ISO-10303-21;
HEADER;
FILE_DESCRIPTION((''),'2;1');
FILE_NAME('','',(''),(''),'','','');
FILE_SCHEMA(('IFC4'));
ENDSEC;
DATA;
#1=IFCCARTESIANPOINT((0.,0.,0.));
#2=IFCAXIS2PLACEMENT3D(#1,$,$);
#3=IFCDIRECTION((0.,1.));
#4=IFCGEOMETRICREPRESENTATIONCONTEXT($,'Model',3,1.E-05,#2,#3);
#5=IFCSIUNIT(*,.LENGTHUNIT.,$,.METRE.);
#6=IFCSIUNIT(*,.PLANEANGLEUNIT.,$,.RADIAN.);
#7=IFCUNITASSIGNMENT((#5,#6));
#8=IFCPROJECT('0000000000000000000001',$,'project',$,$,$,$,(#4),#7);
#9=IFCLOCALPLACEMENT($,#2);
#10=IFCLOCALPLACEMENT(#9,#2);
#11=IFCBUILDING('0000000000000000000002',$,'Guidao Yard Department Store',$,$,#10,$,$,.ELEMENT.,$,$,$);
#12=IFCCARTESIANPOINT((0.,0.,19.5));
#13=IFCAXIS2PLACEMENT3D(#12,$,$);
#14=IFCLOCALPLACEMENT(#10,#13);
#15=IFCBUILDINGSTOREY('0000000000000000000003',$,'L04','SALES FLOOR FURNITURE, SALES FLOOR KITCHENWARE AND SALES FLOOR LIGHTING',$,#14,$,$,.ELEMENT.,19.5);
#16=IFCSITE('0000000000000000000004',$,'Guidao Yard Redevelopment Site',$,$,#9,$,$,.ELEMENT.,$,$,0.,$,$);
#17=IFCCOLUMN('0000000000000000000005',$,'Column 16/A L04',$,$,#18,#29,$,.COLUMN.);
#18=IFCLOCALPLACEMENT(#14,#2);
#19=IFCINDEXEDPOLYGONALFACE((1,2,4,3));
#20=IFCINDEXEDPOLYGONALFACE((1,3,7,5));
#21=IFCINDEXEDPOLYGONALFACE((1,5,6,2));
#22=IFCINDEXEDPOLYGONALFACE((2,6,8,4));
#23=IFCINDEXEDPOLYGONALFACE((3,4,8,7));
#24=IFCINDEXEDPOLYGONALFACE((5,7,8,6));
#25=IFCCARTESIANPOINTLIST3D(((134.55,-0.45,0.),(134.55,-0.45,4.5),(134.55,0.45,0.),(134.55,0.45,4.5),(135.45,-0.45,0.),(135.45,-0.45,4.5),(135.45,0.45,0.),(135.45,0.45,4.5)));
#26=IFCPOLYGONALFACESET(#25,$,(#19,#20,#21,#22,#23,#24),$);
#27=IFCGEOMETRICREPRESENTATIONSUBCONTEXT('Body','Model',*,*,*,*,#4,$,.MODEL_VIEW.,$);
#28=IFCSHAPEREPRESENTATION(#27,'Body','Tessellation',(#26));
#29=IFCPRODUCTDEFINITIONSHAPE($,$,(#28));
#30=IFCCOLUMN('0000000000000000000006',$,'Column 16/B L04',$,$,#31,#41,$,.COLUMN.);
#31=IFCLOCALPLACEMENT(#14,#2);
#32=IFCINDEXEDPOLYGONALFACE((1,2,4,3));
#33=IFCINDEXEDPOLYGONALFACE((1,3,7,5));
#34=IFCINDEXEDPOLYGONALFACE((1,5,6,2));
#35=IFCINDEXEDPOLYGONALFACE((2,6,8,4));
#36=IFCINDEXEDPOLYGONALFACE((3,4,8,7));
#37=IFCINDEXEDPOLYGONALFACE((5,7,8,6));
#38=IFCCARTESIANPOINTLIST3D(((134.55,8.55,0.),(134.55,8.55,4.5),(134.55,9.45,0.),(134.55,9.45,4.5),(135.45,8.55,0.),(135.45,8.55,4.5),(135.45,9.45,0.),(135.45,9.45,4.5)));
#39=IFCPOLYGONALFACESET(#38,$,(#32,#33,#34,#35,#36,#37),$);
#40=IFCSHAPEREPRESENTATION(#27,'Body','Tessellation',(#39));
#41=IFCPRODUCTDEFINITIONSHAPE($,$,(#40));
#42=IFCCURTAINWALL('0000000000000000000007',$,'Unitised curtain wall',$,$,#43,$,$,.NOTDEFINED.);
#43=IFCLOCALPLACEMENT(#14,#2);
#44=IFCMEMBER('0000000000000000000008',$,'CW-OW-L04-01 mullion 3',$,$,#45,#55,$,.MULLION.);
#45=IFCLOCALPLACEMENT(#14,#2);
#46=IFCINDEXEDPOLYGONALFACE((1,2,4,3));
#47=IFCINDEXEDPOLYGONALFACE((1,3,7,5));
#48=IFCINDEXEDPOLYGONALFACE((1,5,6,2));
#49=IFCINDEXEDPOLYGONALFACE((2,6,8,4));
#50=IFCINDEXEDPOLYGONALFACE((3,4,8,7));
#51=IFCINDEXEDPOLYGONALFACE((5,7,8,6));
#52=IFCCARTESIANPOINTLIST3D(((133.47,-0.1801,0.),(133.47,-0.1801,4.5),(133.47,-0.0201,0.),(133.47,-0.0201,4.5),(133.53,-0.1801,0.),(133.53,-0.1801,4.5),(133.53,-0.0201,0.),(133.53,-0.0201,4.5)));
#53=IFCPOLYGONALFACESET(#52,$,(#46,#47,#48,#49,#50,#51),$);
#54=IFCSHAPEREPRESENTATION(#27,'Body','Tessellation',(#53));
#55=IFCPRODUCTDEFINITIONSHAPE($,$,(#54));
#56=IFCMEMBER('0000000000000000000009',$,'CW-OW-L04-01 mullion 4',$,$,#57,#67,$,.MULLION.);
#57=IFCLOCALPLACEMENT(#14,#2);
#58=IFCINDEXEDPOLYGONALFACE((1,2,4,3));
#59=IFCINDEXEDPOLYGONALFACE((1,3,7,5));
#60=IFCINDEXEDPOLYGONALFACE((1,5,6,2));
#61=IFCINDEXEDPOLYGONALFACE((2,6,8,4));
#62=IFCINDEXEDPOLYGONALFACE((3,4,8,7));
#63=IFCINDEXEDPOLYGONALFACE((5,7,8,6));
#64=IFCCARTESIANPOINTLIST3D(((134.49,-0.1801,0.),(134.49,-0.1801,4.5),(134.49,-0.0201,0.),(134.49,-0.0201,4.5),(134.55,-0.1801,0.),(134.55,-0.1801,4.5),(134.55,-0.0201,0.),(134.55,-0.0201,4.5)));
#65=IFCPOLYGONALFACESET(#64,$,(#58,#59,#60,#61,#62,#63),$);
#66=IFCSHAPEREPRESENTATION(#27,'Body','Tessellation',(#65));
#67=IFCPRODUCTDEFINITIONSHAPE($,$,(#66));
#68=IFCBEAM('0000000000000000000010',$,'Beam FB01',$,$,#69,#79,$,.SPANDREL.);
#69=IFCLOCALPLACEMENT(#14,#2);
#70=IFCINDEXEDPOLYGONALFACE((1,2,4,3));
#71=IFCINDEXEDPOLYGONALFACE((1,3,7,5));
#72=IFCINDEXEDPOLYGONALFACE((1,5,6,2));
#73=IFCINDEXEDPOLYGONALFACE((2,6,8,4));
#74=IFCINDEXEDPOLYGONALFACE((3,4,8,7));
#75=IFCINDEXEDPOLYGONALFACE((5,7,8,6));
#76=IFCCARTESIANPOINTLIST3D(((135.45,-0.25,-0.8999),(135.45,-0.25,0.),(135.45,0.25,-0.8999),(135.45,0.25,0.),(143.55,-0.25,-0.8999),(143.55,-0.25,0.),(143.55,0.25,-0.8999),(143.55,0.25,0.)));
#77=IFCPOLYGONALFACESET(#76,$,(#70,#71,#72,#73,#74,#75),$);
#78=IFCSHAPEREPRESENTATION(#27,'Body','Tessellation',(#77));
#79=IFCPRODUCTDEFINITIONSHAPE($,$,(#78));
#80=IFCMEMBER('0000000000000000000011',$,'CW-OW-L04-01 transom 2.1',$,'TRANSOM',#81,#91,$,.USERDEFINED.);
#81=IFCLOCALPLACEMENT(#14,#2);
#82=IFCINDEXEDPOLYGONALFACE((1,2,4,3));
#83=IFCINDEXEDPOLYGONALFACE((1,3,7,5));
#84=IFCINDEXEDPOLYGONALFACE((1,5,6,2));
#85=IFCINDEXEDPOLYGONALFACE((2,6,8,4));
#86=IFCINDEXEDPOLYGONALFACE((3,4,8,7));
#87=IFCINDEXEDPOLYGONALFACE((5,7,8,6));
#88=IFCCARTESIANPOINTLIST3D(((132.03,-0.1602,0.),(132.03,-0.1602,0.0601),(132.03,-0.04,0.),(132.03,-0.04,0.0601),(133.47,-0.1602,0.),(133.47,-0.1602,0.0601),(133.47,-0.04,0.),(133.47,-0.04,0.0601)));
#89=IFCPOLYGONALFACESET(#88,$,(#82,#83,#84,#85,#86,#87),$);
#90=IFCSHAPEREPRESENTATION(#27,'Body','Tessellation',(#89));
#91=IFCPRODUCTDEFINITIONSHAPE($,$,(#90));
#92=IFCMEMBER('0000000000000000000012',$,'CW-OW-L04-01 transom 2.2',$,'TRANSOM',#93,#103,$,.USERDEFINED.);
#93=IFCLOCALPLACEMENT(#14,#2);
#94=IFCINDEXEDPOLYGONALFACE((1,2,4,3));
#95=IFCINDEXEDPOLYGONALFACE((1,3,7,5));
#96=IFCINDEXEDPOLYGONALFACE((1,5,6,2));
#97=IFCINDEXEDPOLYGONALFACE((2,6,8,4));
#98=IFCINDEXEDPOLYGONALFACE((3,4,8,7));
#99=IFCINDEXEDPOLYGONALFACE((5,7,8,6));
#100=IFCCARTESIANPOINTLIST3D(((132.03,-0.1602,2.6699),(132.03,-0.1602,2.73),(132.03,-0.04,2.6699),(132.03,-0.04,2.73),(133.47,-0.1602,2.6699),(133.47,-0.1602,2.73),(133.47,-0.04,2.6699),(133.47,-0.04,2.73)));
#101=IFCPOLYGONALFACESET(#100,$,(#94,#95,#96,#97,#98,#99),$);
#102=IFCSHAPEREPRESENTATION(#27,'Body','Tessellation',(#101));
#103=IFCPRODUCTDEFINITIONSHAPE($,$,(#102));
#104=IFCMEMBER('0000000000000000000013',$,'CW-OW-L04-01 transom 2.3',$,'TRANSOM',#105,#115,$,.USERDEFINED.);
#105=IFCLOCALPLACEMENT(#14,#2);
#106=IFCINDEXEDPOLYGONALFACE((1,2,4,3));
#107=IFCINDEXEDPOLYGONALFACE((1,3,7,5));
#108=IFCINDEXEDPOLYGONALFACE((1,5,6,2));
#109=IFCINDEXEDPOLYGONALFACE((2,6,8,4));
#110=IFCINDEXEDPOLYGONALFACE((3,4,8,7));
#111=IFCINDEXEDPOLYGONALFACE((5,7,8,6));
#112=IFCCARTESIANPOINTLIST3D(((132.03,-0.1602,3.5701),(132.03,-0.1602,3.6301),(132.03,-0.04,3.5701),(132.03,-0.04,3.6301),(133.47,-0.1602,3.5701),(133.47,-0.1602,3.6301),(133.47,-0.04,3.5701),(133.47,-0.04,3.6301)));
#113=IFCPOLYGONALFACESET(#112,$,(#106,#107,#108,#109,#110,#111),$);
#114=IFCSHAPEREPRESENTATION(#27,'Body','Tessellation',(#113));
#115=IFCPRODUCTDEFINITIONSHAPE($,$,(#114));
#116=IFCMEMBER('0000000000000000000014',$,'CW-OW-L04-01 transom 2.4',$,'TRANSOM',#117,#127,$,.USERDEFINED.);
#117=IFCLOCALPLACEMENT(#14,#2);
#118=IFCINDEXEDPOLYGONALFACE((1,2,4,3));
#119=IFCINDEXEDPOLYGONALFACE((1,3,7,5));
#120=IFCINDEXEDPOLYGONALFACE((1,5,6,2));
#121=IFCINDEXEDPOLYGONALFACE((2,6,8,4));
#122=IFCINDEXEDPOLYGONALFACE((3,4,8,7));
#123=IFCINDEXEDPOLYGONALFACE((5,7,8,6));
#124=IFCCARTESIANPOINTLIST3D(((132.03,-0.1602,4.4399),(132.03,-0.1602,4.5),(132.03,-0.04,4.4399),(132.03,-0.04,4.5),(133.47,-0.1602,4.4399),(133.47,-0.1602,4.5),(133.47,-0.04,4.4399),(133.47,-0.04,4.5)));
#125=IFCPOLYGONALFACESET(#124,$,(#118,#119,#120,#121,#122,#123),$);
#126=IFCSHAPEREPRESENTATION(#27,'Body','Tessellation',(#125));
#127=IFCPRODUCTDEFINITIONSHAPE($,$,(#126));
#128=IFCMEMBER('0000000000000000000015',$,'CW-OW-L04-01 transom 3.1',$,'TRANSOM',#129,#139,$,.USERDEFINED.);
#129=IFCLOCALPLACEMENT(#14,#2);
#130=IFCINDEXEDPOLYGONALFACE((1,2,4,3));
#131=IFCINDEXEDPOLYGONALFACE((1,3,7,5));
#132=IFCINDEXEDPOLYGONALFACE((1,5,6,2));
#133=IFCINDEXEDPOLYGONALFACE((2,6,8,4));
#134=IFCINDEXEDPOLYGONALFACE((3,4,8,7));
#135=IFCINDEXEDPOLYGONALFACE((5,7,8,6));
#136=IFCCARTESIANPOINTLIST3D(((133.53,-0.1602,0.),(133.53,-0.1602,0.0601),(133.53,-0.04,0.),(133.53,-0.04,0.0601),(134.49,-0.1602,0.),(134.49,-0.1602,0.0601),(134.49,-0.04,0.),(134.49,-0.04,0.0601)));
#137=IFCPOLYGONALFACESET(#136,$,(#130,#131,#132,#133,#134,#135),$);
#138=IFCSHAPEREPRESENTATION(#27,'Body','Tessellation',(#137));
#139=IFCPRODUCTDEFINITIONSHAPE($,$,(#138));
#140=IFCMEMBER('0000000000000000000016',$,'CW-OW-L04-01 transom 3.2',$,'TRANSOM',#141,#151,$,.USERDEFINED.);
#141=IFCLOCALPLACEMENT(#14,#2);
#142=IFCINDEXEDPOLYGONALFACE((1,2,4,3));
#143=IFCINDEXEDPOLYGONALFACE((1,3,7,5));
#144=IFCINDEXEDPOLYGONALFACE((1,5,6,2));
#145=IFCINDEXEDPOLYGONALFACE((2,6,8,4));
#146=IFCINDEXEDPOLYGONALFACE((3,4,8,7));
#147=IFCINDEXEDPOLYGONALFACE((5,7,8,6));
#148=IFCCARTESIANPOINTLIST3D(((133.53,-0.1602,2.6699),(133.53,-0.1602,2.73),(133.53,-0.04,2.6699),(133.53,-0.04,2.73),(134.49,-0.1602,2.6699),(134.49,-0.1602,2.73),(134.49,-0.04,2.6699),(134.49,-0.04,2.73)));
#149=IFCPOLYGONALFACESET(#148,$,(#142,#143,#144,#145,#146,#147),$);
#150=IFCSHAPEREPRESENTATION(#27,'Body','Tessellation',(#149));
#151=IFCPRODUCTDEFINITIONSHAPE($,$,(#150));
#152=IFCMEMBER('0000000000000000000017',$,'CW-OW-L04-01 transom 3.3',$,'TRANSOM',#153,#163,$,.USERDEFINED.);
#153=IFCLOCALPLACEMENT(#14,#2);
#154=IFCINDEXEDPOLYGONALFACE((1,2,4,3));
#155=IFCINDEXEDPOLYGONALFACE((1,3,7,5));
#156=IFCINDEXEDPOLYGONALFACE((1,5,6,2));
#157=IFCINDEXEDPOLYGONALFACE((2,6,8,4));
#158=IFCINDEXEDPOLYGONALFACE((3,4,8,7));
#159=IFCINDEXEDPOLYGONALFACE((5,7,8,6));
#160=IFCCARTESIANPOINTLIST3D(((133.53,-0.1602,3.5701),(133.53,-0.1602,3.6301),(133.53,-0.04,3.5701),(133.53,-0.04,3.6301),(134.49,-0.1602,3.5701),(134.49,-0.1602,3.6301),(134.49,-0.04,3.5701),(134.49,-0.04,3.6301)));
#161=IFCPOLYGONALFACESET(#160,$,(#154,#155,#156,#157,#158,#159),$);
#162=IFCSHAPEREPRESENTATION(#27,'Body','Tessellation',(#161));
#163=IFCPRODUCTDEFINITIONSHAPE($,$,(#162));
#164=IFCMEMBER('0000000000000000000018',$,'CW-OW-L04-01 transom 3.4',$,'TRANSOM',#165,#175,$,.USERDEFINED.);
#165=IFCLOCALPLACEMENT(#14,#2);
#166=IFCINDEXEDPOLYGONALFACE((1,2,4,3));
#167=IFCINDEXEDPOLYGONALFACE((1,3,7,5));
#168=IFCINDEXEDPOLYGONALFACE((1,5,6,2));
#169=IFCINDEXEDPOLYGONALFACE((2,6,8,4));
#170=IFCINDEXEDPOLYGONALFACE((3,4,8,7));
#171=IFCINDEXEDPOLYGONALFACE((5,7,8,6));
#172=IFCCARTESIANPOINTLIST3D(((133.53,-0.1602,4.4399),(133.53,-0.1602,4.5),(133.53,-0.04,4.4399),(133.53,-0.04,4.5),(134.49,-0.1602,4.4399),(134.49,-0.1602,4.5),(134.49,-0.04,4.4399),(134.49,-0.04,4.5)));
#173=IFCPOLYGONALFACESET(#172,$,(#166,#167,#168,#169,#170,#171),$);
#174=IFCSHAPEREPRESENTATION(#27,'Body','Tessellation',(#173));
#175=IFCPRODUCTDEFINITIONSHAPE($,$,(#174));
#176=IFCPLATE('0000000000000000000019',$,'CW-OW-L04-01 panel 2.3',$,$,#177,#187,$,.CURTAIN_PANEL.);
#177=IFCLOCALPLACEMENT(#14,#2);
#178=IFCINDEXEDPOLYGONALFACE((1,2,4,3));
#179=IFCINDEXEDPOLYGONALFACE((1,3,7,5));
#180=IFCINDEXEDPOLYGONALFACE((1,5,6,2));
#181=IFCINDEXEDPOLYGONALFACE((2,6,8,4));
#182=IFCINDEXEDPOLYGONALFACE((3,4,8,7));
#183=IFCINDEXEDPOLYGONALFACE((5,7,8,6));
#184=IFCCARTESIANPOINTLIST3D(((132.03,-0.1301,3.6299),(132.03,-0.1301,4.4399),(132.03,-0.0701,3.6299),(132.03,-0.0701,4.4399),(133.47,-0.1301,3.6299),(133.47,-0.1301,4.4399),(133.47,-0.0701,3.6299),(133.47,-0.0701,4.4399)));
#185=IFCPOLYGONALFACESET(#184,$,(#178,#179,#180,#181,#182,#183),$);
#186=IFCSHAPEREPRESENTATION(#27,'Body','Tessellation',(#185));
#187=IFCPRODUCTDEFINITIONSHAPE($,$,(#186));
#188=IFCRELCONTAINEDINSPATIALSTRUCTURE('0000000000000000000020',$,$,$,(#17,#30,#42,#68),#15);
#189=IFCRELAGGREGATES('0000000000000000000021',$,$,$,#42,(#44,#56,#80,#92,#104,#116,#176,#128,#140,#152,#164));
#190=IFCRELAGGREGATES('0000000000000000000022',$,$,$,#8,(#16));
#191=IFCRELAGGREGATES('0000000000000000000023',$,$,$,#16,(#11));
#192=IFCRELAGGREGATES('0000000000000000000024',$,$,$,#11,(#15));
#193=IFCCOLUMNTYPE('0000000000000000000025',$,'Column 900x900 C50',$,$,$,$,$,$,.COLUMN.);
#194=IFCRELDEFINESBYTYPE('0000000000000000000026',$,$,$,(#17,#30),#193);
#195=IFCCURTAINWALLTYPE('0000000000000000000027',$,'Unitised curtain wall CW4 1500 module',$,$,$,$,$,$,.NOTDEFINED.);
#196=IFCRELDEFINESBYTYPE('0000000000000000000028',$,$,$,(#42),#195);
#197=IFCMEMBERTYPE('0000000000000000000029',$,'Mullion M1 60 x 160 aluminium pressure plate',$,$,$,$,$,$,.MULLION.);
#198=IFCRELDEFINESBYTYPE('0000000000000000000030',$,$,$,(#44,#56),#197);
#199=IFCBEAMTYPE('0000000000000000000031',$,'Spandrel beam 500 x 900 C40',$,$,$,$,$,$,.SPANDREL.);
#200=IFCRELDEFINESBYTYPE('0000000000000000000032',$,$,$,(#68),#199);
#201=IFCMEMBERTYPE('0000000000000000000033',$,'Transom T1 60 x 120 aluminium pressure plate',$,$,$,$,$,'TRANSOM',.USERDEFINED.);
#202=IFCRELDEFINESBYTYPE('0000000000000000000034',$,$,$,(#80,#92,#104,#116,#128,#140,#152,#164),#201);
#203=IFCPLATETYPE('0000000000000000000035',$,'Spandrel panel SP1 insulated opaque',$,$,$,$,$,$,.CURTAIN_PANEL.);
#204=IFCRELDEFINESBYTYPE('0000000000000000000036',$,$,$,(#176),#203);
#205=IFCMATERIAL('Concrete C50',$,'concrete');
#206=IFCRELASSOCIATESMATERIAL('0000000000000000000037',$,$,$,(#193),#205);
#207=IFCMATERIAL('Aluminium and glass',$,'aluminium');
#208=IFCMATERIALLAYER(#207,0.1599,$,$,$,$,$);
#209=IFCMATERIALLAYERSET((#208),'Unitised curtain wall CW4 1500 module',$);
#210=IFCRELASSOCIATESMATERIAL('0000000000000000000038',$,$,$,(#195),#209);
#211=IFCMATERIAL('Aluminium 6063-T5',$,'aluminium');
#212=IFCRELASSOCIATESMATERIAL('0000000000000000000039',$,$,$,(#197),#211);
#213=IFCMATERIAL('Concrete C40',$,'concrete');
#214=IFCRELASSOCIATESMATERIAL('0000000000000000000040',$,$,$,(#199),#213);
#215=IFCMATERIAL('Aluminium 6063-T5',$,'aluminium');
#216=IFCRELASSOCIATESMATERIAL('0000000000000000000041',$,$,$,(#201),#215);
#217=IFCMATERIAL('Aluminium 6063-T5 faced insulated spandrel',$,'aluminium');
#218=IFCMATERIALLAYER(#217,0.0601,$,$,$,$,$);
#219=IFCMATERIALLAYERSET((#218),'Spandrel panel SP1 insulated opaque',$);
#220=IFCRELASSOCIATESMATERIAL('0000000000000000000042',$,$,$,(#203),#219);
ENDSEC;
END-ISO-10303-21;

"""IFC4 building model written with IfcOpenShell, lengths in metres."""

from ifc_helpers import new_model, si_unit, direction, frame, origin, origin_2d, place, context, subcontext, project, spatial, rectangle, extrude, material, layer, layer_set, material_profile, profile_set, type_object, element, aggregate, save


model = new_model("IFC4")

# Units and contexts
model_context = context("Model", 3, precision=1e-05, world=origin(), true_north=direction((0.0, 1.0)))
body_context = subcontext(model_context, "Body", "Model", "MODEL_VIEW")
ifc_project = project(units=[si_unit("LENGTHUNIT", "METRE"), si_unit("PLANEANGLEUNIT", "RADIAN")], contexts=[model_context])

# Site, building, storey
site_placement = place(None, origin())
site = spatial("IfcSite", under=ifc_project, at=site_placement, Name="Guidao Yard Redevelopment Site", CompositionType="ELEMENT", RefElevation=0.0)
building_placement = place(site_placement, origin())
building = spatial("IfcBuilding", under=site, at=building_placement, Name="Guidao Yard Department Store", CompositionType="ELEMENT")
storey_placement = place(building_placement, frame((0.0, 0.0, 19.5)))
storey = spatial("IfcBuildingStorey", under=building, at=storey_placement, Name="L04", Description="SALES FLOOR FURNITURE, SALES FLOOR KITCHENWARE AND SALES FLOOR LIGHTING", CompositionType="ELEMENT", Elevation=19.5)

# Columns
ifc_material_1 = material(Name="Concrete C50", Category="concrete")
ifc_material_profile_1 = material_profile(ifc_material_1, rectangle(XDim=0.8999, YDim=0.8999, at=origin_2d()), Name="COL 900x900")
ifc_profile_set_1 = profile_set([ifc_material_profile_1], Name="Concrete C50")
column_type = type_object("IfcColumnType", Name="Column 900x900 C50", PredefinedType="COLUMN", material=ifc_profile_set_1)
for number, where, z_axis, x_axis, name in (
    (1, (135.0, 0.0, 0.0), (0.0, 0.0, 1.0), (1.0, 0.0, 0.0), "Column 16/A L04"),
    (2, (135.0, 9.0, 0.0), (0.0, 0.0, 1.0), (1.0, 0.0, 0.0), "Column 16/B L04"),
):
    element("IfcColumn", number, at=place(storey_placement, frame(where, z_axis=z_axis, x_axis=x_axis)), inside=storey, type_object=column_type, Name=name, PredefinedType="COLUMN", context=body_context, shape_type="SweptSolid", body=[
        extrude(rectangle(XDim=0.8999, YDim=0.8999, at=origin_2d()), origin(), (0.0, 0.0, 1.0), 4.5),
    ])

# Curtain wall, members
ifc_material_2 = material(Name="Aluminium and glass", Category="aluminium")
ifc_layer_1 = layer(ifc_material_2, 0.1599)
ifc_layer_set_1 = layer_set([ifc_layer_1], Name="Unitised curtain wall CW4 1500 module")
curtain_wall_type = type_object("IfcCurtainWallType", Name="Unitised curtain wall CW4 1500 module", PredefinedType="NOTDEFINED", material=ifc_layer_set_1)
curtain_wall_placement = place(storey_placement, origin())
curtain_wall = element("IfcCurtainWall", 3, at=curtain_wall_placement, inside=storey, type_object=curtain_wall_type, Name="Unitised curtain wall", PredefinedType="NOTDEFINED")
ifc_material_3 = material(Name="Aluminium 6063-T5", Category="aluminium")
ifc_material_profile_2 = material_profile(ifc_material_3, rectangle(XDim=0.0601, YDim=0.1599, at=origin_2d()), Name="Mullion M1 60 x 160 aluminium pressure plate")
ifc_profile_set_2 = profile_set([ifc_material_profile_2], Name="Aluminium 6063-T5")
member_type_1 = type_object("IfcMemberType", Name="Mullion M1 60 x 160 aluminium pressure plate", PredefinedType="MULLION", material=ifc_profile_set_2)
member_1_placement = place(storey_placement, frame((133.5, -0.1001, 0.0), z_axis=(0.0, 0.0, 1.0), x_axis=(-1.0, 0.0, 0.0)))
member_1 = element("IfcMember", 4, at=member_1_placement, type_object=member_type_1, Name="CW-OW-L04-01 mullion 3", PredefinedType="MULLION", context=body_context, shape_type="SweptSolid", body=[
    extrude(rectangle(XDim=0.0601, YDim=0.1599, at=origin_2d()), origin(), (0.0, 0.0, 1.0), 4.5),
])
member_2_placement = place(storey_placement, frame((134.52, -0.1001, 0.0), z_axis=(0.0, 0.0, 1.0), x_axis=(-1.0, 0.0, 0.0)))
member_2 = element("IfcMember", 5, at=member_2_placement, type_object=member_type_1, Name="CW-OW-L04-01 mullion 4", PredefinedType="MULLION", context=body_context, shape_type="SweptSolid", body=[
    extrude(rectangle(XDim=0.0601, YDim=0.1599, at=origin_2d()), origin(), (0.0, 0.0, 1.0), 4.5),
])

# Beam
ifc_material_4 = material(Name="Concrete C40", Category="concrete")
ifc_material_profile_3 = material_profile(ifc_material_4, rectangle(XDim=0.5, YDim=0.8999, at=origin_2d()), Name="Spandrel beam 500 x 900 C40")
ifc_profile_set_3 = profile_set([ifc_material_profile_3], Name="Concrete C40")
beam_type = type_object("IfcBeamType", Name="Spandrel beam 500 x 900 C40", PredefinedType="SPANDREL", material=ifc_profile_set_3)
beam_placement = place(storey_placement, frame((135.45, 0.0, -0.45), z_axis=(1.0, 0.0, 0.0), x_axis=(0.0, 1.0, 0.0)))
element("IfcBeam", 6, at=beam_placement, inside=storey, type_object=beam_type, Name="Beam FB01", PredefinedType="SPANDREL", context=body_context, shape_type="SweptSolid", body=[
    extrude(rectangle(XDim=0.5, YDim=0.8999, at=origin_2d()), origin(), (0.0, 0.0, 1.0), 8.1001),
])

# Members
ifc_material_5 = material(Name="Aluminium 6063-T5", Category="aluminium")
ifc_material_profile_4 = material_profile(ifc_material_5, rectangle(XDim=0.1201, YDim=0.0601, at=origin_2d()), Name="Transom T1 60 x 120 aluminium pressure plate")
ifc_profile_set_4 = profile_set([ifc_material_profile_4], Name="Aluminium 6063-T5")
member_type_2 = type_object("IfcMemberType", Name="Transom T1 60 x 120 aluminium pressure plate", ElementType="TRANSOM", PredefinedType="USERDEFINED", material=ifc_profile_set_4)
member_3_placement = place(storey_placement, frame((133.47, -0.1001, 0.03), z_axis=(-1.0, 0.0, 0.0), x_axis=(0.0, -1.0, 0.0)))
member_3 = element("IfcMember", 7, at=member_3_placement, type_object=member_type_2, Name="CW-OW-L04-01 transom 2.1", ObjectType="TRANSOM", PredefinedType="USERDEFINED", context=body_context, shape_type="SweptSolid", body=[
    extrude(rectangle(XDim=0.1201, YDim=0.0601, at=origin_2d()), origin(), (0.0, 0.0, 1.0), 1.4399),
])
member_4_placement = place(storey_placement, frame((133.47, -0.1001, 2.7), z_axis=(-1.0, 0.0, 0.0), x_axis=(0.0, -1.0, 0.0)))
member_4 = element("IfcMember", 8, at=member_4_placement, type_object=member_type_2, Name="CW-OW-L04-01 transom 2.2", ObjectType="TRANSOM", PredefinedType="USERDEFINED", context=body_context, shape_type="SweptSolid", body=[
    extrude(rectangle(XDim=0.1201, YDim=0.0601, at=origin_2d()), origin(), (0.0, 0.0, 1.0), 1.4399),
])
member_5_placement = place(storey_placement, frame((133.47, -0.1001, 3.6001), z_axis=(-1.0, 0.0, 0.0), x_axis=(0.0, -1.0, 0.0)))
member_5 = element("IfcMember", 9, at=member_5_placement, type_object=member_type_2, Name="CW-OW-L04-01 transom 2.3", ObjectType="TRANSOM", PredefinedType="USERDEFINED", context=body_context, shape_type="SweptSolid", body=[
    extrude(rectangle(XDim=0.1201, YDim=0.0601, at=origin_2d()), origin(), (0.0, 0.0, 1.0), 1.4399),
])
member_6_placement = place(storey_placement, frame((133.47, -0.1001, 4.47), z_axis=(-1.0, 0.0, 0.0), x_axis=(0.0, -1.0, 0.0)))
member_6 = element("IfcMember", 10, at=member_6_placement, type_object=member_type_2, Name="CW-OW-L04-01 transom 2.4", ObjectType="TRANSOM", PredefinedType="USERDEFINED", context=body_context, shape_type="SweptSolid", body=[
    extrude(rectangle(XDim=0.1201, YDim=0.0601, at=origin_2d()), origin(), (0.0, 0.0, 1.0), 1.4399),
])
member_7_placement = place(storey_placement, frame((134.49, -0.1001, 0.03), z_axis=(-1.0, 0.0, 0.0), x_axis=(0.0, -1.0, 0.0)))
member_7 = element("IfcMember", 11, at=member_7_placement, type_object=member_type_2, Name="CW-OW-L04-01 transom 3.1", ObjectType="TRANSOM", PredefinedType="USERDEFINED", context=body_context, shape_type="SweptSolid", body=[
    extrude(rectangle(XDim=0.1201, YDim=0.0601, at=origin_2d()), origin(), (0.0, 0.0, 1.0), 0.96),
])
member_8_placement = place(storey_placement, frame((134.49, -0.1001, 2.7), z_axis=(-1.0, 0.0, 0.0), x_axis=(0.0, -1.0, 0.0)))
member_8 = element("IfcMember", 12, at=member_8_placement, type_object=member_type_2, Name="CW-OW-L04-01 transom 3.2", ObjectType="TRANSOM", PredefinedType="USERDEFINED", context=body_context, shape_type="SweptSolid", body=[
    extrude(rectangle(XDim=0.1201, YDim=0.0601, at=origin_2d()), origin(), (0.0, 0.0, 1.0), 0.96),
])
member_9_placement = place(storey_placement, frame((134.49, -0.1001, 3.6001), z_axis=(-1.0, 0.0, 0.0), x_axis=(0.0, -1.0, 0.0)))
member_9 = element("IfcMember", 13, at=member_9_placement, type_object=member_type_2, Name="CW-OW-L04-01 transom 3.3", ObjectType="TRANSOM", PredefinedType="USERDEFINED", context=body_context, shape_type="SweptSolid", body=[
    extrude(rectangle(XDim=0.1201, YDim=0.0601, at=origin_2d()), origin(), (0.0, 0.0, 1.0), 0.96),
])
member_10_placement = place(storey_placement, frame((134.49, -0.1001, 4.47), z_axis=(-1.0, 0.0, 0.0), x_axis=(0.0, -1.0, 0.0)))
member_10 = element("IfcMember", 14, at=member_10_placement, type_object=member_type_2, Name="CW-OW-L04-01 transom 3.4", ObjectType="TRANSOM", PredefinedType="USERDEFINED", context=body_context, shape_type="SweptSolid", body=[
    extrude(rectangle(XDim=0.1201, YDim=0.0601, at=origin_2d()), origin(), (0.0, 0.0, 1.0), 0.96),
])

# Plate
ifc_material_6 = material(Name="Aluminium 6063-T5 faced insulated spandrel", Category="aluminium")
ifc_layer_2 = layer(ifc_material_6, 0.0601)
ifc_layer_set_2 = layer_set([ifc_layer_2], Name="Spandrel panel SP1 insulated opaque")
plate_type_1 = type_object("IfcPlateType", Name="Spandrel panel SP1 insulated opaque", PredefinedType="CURTAIN_PANEL", material=ifc_layer_set_2)
plate_1_placement = place(storey_placement, frame((132.75, -0.1001, 3.6299), z_axis=(0.0, 0.0, 1.0), x_axis=(-1.0, 0.0, 0.0)))
plate_1 = element("IfcPlate", 15, at=plate_1_placement, type_object=plate_type_1, Name="CW-OW-L04-01 panel 2.3", PredefinedType="CURTAIN_PANEL", context=body_context, shape_type="SweptSolid", body=[
    extrude(rectangle(XDim=1.4399, YDim=0.0601, at=origin_2d()), origin(), (0.0, 0.0, 1.0), 0.8101),
])
aggregate(curtain_wall, [member_1, member_2, member_3, member_4, member_5, member_6, plate_1, member_7, member_8, member_9, member_10])

save(model, "model.ifc")
